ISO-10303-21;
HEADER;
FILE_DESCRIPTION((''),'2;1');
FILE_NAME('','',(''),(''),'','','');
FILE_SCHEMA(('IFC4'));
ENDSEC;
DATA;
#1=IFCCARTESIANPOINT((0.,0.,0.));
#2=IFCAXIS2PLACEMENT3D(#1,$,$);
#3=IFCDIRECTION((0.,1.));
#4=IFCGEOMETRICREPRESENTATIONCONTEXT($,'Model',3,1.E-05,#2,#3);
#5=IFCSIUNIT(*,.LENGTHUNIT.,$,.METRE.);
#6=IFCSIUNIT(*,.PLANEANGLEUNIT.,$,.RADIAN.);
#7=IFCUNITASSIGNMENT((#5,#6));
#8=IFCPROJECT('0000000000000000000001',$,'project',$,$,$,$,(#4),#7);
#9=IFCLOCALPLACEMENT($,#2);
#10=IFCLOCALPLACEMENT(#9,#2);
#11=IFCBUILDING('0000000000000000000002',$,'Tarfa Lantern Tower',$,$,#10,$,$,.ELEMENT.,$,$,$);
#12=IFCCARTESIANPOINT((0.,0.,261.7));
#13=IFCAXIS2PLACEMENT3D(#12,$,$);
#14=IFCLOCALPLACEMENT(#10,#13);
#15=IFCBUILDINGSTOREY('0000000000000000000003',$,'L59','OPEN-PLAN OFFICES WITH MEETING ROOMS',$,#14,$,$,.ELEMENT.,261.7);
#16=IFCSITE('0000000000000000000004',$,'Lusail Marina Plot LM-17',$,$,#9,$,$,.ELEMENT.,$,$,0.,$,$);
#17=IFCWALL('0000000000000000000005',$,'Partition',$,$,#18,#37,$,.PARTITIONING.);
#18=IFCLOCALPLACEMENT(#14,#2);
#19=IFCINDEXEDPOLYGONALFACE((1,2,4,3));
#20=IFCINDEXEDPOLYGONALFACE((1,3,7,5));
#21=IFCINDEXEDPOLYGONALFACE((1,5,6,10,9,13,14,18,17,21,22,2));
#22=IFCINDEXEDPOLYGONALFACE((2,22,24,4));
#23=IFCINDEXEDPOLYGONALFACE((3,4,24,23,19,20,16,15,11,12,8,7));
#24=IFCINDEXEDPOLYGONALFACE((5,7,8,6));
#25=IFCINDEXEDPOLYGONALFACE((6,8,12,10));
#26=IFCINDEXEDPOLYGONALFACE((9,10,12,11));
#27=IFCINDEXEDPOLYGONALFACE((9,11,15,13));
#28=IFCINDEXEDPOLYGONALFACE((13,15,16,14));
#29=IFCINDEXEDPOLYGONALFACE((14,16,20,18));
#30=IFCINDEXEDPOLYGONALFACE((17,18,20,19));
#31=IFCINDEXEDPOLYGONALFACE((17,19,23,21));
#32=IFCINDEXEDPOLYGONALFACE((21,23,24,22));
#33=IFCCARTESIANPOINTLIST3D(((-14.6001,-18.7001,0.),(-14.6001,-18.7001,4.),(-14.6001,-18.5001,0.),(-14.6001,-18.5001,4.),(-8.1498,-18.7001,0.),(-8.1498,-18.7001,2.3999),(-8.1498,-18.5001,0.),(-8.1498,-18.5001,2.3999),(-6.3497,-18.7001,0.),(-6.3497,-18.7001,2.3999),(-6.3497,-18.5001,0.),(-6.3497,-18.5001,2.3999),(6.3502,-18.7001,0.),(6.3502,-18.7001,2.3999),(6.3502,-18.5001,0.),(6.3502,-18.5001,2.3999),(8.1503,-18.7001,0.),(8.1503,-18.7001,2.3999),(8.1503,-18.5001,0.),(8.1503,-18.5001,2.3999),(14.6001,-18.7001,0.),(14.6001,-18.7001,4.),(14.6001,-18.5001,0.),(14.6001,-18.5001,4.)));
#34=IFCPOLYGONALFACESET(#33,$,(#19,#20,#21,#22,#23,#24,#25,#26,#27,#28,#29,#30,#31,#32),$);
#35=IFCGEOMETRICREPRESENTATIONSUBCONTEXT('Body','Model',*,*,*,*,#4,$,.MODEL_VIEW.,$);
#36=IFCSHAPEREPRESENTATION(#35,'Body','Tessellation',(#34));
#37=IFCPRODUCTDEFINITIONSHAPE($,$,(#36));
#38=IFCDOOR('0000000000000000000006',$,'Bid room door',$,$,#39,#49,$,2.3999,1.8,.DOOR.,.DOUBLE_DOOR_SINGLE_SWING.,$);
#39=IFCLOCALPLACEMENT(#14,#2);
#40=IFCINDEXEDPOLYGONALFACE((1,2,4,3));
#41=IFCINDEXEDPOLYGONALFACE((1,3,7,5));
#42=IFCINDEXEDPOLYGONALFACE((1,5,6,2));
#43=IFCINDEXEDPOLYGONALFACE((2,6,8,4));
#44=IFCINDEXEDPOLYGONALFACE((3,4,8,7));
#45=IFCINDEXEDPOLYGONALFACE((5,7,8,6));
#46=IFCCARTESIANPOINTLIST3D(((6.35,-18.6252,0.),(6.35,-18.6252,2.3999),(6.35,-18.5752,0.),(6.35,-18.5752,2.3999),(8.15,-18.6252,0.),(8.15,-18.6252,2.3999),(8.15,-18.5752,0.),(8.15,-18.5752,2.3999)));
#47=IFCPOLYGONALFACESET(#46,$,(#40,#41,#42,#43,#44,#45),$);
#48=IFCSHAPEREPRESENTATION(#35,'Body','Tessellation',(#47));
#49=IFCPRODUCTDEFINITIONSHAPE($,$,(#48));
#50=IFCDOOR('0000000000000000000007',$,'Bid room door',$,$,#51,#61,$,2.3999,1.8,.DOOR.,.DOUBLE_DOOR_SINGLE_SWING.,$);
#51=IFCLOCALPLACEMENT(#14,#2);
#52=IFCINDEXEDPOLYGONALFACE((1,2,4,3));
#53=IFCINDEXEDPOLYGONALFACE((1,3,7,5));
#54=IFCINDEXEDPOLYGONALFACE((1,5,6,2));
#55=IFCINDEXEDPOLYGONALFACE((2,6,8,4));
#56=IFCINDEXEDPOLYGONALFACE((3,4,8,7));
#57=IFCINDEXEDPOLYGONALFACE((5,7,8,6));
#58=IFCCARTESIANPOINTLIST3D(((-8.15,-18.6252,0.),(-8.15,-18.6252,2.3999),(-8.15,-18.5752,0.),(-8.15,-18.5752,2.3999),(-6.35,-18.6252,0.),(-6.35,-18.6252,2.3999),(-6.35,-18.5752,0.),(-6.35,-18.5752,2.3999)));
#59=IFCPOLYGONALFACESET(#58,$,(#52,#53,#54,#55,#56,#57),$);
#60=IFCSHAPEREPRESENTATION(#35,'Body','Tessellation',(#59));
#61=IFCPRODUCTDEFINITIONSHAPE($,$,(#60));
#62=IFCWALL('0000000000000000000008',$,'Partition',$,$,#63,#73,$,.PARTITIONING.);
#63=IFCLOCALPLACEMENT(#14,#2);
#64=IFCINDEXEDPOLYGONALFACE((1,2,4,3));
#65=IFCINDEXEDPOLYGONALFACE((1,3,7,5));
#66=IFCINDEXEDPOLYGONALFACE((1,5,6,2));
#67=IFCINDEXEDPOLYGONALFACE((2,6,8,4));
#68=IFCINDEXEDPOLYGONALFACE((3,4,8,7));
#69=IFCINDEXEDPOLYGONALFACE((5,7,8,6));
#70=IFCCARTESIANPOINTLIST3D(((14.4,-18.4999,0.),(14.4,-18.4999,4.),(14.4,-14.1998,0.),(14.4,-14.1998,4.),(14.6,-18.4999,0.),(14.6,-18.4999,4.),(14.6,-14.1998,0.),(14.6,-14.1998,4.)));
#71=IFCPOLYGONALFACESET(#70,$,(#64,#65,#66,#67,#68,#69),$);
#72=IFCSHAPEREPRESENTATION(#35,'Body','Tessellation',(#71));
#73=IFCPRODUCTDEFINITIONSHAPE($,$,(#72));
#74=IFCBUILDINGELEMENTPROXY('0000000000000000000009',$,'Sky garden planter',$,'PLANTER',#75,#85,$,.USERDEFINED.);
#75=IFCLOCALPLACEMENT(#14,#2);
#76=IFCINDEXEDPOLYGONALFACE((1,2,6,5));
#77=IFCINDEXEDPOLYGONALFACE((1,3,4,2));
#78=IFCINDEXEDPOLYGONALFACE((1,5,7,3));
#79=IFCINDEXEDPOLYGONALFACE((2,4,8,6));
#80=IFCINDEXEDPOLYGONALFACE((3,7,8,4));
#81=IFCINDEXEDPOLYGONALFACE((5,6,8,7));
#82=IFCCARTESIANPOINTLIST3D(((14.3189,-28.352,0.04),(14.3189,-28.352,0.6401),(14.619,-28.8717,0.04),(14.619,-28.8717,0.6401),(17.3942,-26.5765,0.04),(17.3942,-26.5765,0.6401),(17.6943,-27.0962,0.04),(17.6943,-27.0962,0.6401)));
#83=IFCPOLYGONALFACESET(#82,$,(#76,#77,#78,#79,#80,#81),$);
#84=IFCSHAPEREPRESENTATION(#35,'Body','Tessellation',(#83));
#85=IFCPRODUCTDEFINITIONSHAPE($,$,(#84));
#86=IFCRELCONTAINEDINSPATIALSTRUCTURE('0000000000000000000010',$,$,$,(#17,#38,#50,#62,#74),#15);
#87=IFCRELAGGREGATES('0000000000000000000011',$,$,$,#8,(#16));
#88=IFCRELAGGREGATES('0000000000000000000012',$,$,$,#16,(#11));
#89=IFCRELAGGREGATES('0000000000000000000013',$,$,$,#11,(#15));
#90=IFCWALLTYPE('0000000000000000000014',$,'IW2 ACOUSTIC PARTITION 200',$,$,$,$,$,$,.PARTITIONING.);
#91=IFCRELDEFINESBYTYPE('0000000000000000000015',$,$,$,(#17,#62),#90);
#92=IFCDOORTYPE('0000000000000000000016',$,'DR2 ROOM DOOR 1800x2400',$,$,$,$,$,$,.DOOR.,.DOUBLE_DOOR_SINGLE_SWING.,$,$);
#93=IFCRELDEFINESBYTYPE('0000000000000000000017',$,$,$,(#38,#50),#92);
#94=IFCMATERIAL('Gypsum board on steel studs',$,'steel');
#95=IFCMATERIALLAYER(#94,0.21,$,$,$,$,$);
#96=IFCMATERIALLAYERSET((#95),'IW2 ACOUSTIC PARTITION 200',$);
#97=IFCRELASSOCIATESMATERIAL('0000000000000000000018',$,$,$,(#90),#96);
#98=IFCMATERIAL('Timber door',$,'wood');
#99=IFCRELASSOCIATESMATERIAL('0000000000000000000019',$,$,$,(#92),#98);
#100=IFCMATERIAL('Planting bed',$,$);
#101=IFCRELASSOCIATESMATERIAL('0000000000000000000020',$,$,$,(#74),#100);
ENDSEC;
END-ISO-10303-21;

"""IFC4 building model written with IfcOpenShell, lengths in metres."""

from ifc_helpers import new_model, si_unit, direction, frame, frame_2d, origin, origin_2d, place, context, subcontext, project, spatial, rectangle, extrude, material, layer, layer_set, type_object, element, fill, save


model = new_model("IFC4")

# Units and contexts
model_context = context("Model", 3, precision=1e-05, world=origin(), true_north=direction((0.0, 1.0)))
body_context = subcontext(model_context, "Body", "Model", "MODEL_VIEW")
ifc_project = project(units=[si_unit("LENGTHUNIT", "METRE"), si_unit("PLANEANGLEUNIT", "RADIAN")], contexts=[model_context])

# Site, building, storey
site_placement = place(None, origin())
site = spatial("IfcSite", under=ifc_project, at=site_placement, Name="Lusail Marina Plot LM-17", CompositionType="ELEMENT", RefElevation=0.0)
building_placement = place(site_placement, origin())
building = spatial("IfcBuilding", under=site, at=building_placement, Name="Tarfa Lantern Tower", CompositionType="ELEMENT")
storey_placement = place(building_placement, frame((0.0, 0.0, 261.7)))
storey = spatial("IfcBuildingStorey", under=building, at=storey_placement, Name="L59", Description="OPEN-PLAN OFFICES WITH MEETING ROOMS", CompositionType="ELEMENT", Elevation=261.7)

# Shared definitions
ifc_material_1 = material(Name="Gypsum board on steel studs", Category="steel")
ifc_layer_1 = layer(ifc_material_1, 0.21)
ifc_layer_set_1 = layer_set([ifc_layer_1], Name="IW2 ACOUSTIC PARTITION 200")
wall_type_1 = type_object("IfcWallType", Name="IW2 ACOUSTIC PARTITION 200", PredefinedType="PARTITIONING", material=ifc_layer_set_1)

# Wall, openings, doors
wall_1_placement = place(storey_placement, frame((14.6001, -18.6001, 0.0), z_axis=(0.0, 0.0, 1.0), x_axis=(-1.0, 0.0, 0.0)))
wall_1 = element("IfcWall", 1, at=wall_1_placement, inside=storey, type_object=wall_type_1, Name="Partition", PredefinedType="PARTITIONING", context=body_context, shape_type="SweptSolid", body=[
    extrude(rectangle(XDim=29.2002, YDim=0.2, at=frame_2d((14.6001, 0.0))), origin(), (0.0, 0.0, 1.0), 4.0),
])
opening_1_placement = place(wall_1_placement, frame((6.45, 0.0, 0.0)))
opening_1 = element("IfcOpeningElement", 2, at=opening_1_placement, cuts=wall_1, PredefinedType="OPENING", context=body_context, shape_type="SweptSolid", body=[
    extrude(rectangle(XDim=1.8, YDim=2.3999, at=frame_2d((0.8999, 1.2))), frame((0.0, 0.1099, 0.0), z_axis=(0.0, -1.0, 0.0), x_axis=(1.0, 0.0, 0.0)), (0.0, 0.0, 1.0), 0.22),
])
opening_2_placement = place(wall_1_placement, frame((20.95, 0.0, 0.0)))
opening_2 = element("IfcOpeningElement", 3, at=opening_2_placement, cuts=wall_1, PredefinedType="OPENING", context=body_context, shape_type="SweptSolid", body=[
    extrude(rectangle(XDim=1.8, YDim=2.3999, at=frame_2d((0.8999, 1.2))), frame((0.0, 0.1099, 0.0), z_axis=(0.0, -1.0, 0.0), x_axis=(1.0, 0.0, 0.0)), (0.0, 0.0, 1.0), 0.22),
])
ifc_material_2 = material(Name="Timber door", Category="wood")
door_type_1 = type_object("IfcDoorType", Name="DR2 ROOM DOOR 1800x2400", OperationType="DOUBLE_DOOR_SINGLE_SWING", PredefinedType="DOOR", material=ifc_material_2)
door_1_placement = place(opening_1_placement, frame((1.8, 0.0, 0.0), z_axis=(0.0, 0.0, 1.0), x_axis=(-1.0, 0.0, 0.0)))
door_1 = element("IfcDoor", 4, at=door_1_placement, inside=storey, type_object=door_type_1, Name="Bid room door", OperationType="DOUBLE_DOOR_SINGLE_SWING", OverallHeight=2.3999, OverallWidth=1.8, PredefinedType="DOOR", context=body_context, shape_type="SweptSolid", body=[
    extrude(rectangle(XDim=1.8, YDim=2.3999, at=frame_2d((0.8999, 1.2))), frame((0.0, 0.0249, 0.0), z_axis=(0.0, -1.0, 0.0), x_axis=(1.0, 0.0, 0.0)), (0.0, 0.0, 1.0), 0.05),
])
fill(opening_1, door_1)
door_2_placement = place(opening_2_placement, frame((1.8, 0.0, 0.0), z_axis=(0.0, 0.0, 1.0), x_axis=(-1.0, 0.0, 0.0)))
door_2 = element("IfcDoor", 5, at=door_2_placement, inside=storey, type_object=door_type_1, Name="Bid room door", OperationType="DOUBLE_DOOR_SINGLE_SWING", OverallHeight=2.3999, OverallWidth=1.8, PredefinedType="DOOR", context=body_context, shape_type="SweptSolid", body=[
    extrude(rectangle(XDim=1.8, YDim=2.3999, at=frame_2d((0.8999, 1.2))), frame((0.0, 0.0249, 0.0), z_axis=(0.0, -1.0, 0.0), x_axis=(1.0, 0.0, 0.0)), (0.0, 0.0, 1.0), 0.05),
])
fill(opening_2, door_2)

# Wall
wall_2_placement = place(storey_placement, frame((14.5, -14.2, 0.0), z_axis=(0.0, 0.0, 1.0), x_axis=(0.0, -1.0, 0.0)))
element("IfcWall", 6, at=wall_2_placement, inside=storey, type_object=wall_type_1, Name="Partition", PredefinedType="PARTITIONING", context=body_context, shape_type="SweptSolid", body=[
    extrude(rectangle(XDim=4.3, YDim=0.2, at=frame_2d((2.1499, 0.0))), origin(), (0.0, 0.0, 1.0), 4.0),
])

# Building element proxy
ifc_material_3 = material(Name="Planting bed")
proxy_placement = place(storey_placement, frame((16.0066, -27.7241, 0.04), z_axis=(0.0, 0.0, 1.0), x_axis=(0.866025, 0.5, 0.0)))
element("IfcBuildingElementProxy", 7, at=proxy_placement, inside=storey, material=ifc_material_3, Name="Sky garden planter", ObjectType="PLANTER", PredefinedType="USERDEFINED", context=body_context, shape_type="SweptSolid", body=[
    extrude(rectangle(XDim=3.551, YDim=0.6001, at=origin_2d()), origin(), (0.0, 0.0, 1.0), 0.6001),
])

save(model, "model.ifc")
